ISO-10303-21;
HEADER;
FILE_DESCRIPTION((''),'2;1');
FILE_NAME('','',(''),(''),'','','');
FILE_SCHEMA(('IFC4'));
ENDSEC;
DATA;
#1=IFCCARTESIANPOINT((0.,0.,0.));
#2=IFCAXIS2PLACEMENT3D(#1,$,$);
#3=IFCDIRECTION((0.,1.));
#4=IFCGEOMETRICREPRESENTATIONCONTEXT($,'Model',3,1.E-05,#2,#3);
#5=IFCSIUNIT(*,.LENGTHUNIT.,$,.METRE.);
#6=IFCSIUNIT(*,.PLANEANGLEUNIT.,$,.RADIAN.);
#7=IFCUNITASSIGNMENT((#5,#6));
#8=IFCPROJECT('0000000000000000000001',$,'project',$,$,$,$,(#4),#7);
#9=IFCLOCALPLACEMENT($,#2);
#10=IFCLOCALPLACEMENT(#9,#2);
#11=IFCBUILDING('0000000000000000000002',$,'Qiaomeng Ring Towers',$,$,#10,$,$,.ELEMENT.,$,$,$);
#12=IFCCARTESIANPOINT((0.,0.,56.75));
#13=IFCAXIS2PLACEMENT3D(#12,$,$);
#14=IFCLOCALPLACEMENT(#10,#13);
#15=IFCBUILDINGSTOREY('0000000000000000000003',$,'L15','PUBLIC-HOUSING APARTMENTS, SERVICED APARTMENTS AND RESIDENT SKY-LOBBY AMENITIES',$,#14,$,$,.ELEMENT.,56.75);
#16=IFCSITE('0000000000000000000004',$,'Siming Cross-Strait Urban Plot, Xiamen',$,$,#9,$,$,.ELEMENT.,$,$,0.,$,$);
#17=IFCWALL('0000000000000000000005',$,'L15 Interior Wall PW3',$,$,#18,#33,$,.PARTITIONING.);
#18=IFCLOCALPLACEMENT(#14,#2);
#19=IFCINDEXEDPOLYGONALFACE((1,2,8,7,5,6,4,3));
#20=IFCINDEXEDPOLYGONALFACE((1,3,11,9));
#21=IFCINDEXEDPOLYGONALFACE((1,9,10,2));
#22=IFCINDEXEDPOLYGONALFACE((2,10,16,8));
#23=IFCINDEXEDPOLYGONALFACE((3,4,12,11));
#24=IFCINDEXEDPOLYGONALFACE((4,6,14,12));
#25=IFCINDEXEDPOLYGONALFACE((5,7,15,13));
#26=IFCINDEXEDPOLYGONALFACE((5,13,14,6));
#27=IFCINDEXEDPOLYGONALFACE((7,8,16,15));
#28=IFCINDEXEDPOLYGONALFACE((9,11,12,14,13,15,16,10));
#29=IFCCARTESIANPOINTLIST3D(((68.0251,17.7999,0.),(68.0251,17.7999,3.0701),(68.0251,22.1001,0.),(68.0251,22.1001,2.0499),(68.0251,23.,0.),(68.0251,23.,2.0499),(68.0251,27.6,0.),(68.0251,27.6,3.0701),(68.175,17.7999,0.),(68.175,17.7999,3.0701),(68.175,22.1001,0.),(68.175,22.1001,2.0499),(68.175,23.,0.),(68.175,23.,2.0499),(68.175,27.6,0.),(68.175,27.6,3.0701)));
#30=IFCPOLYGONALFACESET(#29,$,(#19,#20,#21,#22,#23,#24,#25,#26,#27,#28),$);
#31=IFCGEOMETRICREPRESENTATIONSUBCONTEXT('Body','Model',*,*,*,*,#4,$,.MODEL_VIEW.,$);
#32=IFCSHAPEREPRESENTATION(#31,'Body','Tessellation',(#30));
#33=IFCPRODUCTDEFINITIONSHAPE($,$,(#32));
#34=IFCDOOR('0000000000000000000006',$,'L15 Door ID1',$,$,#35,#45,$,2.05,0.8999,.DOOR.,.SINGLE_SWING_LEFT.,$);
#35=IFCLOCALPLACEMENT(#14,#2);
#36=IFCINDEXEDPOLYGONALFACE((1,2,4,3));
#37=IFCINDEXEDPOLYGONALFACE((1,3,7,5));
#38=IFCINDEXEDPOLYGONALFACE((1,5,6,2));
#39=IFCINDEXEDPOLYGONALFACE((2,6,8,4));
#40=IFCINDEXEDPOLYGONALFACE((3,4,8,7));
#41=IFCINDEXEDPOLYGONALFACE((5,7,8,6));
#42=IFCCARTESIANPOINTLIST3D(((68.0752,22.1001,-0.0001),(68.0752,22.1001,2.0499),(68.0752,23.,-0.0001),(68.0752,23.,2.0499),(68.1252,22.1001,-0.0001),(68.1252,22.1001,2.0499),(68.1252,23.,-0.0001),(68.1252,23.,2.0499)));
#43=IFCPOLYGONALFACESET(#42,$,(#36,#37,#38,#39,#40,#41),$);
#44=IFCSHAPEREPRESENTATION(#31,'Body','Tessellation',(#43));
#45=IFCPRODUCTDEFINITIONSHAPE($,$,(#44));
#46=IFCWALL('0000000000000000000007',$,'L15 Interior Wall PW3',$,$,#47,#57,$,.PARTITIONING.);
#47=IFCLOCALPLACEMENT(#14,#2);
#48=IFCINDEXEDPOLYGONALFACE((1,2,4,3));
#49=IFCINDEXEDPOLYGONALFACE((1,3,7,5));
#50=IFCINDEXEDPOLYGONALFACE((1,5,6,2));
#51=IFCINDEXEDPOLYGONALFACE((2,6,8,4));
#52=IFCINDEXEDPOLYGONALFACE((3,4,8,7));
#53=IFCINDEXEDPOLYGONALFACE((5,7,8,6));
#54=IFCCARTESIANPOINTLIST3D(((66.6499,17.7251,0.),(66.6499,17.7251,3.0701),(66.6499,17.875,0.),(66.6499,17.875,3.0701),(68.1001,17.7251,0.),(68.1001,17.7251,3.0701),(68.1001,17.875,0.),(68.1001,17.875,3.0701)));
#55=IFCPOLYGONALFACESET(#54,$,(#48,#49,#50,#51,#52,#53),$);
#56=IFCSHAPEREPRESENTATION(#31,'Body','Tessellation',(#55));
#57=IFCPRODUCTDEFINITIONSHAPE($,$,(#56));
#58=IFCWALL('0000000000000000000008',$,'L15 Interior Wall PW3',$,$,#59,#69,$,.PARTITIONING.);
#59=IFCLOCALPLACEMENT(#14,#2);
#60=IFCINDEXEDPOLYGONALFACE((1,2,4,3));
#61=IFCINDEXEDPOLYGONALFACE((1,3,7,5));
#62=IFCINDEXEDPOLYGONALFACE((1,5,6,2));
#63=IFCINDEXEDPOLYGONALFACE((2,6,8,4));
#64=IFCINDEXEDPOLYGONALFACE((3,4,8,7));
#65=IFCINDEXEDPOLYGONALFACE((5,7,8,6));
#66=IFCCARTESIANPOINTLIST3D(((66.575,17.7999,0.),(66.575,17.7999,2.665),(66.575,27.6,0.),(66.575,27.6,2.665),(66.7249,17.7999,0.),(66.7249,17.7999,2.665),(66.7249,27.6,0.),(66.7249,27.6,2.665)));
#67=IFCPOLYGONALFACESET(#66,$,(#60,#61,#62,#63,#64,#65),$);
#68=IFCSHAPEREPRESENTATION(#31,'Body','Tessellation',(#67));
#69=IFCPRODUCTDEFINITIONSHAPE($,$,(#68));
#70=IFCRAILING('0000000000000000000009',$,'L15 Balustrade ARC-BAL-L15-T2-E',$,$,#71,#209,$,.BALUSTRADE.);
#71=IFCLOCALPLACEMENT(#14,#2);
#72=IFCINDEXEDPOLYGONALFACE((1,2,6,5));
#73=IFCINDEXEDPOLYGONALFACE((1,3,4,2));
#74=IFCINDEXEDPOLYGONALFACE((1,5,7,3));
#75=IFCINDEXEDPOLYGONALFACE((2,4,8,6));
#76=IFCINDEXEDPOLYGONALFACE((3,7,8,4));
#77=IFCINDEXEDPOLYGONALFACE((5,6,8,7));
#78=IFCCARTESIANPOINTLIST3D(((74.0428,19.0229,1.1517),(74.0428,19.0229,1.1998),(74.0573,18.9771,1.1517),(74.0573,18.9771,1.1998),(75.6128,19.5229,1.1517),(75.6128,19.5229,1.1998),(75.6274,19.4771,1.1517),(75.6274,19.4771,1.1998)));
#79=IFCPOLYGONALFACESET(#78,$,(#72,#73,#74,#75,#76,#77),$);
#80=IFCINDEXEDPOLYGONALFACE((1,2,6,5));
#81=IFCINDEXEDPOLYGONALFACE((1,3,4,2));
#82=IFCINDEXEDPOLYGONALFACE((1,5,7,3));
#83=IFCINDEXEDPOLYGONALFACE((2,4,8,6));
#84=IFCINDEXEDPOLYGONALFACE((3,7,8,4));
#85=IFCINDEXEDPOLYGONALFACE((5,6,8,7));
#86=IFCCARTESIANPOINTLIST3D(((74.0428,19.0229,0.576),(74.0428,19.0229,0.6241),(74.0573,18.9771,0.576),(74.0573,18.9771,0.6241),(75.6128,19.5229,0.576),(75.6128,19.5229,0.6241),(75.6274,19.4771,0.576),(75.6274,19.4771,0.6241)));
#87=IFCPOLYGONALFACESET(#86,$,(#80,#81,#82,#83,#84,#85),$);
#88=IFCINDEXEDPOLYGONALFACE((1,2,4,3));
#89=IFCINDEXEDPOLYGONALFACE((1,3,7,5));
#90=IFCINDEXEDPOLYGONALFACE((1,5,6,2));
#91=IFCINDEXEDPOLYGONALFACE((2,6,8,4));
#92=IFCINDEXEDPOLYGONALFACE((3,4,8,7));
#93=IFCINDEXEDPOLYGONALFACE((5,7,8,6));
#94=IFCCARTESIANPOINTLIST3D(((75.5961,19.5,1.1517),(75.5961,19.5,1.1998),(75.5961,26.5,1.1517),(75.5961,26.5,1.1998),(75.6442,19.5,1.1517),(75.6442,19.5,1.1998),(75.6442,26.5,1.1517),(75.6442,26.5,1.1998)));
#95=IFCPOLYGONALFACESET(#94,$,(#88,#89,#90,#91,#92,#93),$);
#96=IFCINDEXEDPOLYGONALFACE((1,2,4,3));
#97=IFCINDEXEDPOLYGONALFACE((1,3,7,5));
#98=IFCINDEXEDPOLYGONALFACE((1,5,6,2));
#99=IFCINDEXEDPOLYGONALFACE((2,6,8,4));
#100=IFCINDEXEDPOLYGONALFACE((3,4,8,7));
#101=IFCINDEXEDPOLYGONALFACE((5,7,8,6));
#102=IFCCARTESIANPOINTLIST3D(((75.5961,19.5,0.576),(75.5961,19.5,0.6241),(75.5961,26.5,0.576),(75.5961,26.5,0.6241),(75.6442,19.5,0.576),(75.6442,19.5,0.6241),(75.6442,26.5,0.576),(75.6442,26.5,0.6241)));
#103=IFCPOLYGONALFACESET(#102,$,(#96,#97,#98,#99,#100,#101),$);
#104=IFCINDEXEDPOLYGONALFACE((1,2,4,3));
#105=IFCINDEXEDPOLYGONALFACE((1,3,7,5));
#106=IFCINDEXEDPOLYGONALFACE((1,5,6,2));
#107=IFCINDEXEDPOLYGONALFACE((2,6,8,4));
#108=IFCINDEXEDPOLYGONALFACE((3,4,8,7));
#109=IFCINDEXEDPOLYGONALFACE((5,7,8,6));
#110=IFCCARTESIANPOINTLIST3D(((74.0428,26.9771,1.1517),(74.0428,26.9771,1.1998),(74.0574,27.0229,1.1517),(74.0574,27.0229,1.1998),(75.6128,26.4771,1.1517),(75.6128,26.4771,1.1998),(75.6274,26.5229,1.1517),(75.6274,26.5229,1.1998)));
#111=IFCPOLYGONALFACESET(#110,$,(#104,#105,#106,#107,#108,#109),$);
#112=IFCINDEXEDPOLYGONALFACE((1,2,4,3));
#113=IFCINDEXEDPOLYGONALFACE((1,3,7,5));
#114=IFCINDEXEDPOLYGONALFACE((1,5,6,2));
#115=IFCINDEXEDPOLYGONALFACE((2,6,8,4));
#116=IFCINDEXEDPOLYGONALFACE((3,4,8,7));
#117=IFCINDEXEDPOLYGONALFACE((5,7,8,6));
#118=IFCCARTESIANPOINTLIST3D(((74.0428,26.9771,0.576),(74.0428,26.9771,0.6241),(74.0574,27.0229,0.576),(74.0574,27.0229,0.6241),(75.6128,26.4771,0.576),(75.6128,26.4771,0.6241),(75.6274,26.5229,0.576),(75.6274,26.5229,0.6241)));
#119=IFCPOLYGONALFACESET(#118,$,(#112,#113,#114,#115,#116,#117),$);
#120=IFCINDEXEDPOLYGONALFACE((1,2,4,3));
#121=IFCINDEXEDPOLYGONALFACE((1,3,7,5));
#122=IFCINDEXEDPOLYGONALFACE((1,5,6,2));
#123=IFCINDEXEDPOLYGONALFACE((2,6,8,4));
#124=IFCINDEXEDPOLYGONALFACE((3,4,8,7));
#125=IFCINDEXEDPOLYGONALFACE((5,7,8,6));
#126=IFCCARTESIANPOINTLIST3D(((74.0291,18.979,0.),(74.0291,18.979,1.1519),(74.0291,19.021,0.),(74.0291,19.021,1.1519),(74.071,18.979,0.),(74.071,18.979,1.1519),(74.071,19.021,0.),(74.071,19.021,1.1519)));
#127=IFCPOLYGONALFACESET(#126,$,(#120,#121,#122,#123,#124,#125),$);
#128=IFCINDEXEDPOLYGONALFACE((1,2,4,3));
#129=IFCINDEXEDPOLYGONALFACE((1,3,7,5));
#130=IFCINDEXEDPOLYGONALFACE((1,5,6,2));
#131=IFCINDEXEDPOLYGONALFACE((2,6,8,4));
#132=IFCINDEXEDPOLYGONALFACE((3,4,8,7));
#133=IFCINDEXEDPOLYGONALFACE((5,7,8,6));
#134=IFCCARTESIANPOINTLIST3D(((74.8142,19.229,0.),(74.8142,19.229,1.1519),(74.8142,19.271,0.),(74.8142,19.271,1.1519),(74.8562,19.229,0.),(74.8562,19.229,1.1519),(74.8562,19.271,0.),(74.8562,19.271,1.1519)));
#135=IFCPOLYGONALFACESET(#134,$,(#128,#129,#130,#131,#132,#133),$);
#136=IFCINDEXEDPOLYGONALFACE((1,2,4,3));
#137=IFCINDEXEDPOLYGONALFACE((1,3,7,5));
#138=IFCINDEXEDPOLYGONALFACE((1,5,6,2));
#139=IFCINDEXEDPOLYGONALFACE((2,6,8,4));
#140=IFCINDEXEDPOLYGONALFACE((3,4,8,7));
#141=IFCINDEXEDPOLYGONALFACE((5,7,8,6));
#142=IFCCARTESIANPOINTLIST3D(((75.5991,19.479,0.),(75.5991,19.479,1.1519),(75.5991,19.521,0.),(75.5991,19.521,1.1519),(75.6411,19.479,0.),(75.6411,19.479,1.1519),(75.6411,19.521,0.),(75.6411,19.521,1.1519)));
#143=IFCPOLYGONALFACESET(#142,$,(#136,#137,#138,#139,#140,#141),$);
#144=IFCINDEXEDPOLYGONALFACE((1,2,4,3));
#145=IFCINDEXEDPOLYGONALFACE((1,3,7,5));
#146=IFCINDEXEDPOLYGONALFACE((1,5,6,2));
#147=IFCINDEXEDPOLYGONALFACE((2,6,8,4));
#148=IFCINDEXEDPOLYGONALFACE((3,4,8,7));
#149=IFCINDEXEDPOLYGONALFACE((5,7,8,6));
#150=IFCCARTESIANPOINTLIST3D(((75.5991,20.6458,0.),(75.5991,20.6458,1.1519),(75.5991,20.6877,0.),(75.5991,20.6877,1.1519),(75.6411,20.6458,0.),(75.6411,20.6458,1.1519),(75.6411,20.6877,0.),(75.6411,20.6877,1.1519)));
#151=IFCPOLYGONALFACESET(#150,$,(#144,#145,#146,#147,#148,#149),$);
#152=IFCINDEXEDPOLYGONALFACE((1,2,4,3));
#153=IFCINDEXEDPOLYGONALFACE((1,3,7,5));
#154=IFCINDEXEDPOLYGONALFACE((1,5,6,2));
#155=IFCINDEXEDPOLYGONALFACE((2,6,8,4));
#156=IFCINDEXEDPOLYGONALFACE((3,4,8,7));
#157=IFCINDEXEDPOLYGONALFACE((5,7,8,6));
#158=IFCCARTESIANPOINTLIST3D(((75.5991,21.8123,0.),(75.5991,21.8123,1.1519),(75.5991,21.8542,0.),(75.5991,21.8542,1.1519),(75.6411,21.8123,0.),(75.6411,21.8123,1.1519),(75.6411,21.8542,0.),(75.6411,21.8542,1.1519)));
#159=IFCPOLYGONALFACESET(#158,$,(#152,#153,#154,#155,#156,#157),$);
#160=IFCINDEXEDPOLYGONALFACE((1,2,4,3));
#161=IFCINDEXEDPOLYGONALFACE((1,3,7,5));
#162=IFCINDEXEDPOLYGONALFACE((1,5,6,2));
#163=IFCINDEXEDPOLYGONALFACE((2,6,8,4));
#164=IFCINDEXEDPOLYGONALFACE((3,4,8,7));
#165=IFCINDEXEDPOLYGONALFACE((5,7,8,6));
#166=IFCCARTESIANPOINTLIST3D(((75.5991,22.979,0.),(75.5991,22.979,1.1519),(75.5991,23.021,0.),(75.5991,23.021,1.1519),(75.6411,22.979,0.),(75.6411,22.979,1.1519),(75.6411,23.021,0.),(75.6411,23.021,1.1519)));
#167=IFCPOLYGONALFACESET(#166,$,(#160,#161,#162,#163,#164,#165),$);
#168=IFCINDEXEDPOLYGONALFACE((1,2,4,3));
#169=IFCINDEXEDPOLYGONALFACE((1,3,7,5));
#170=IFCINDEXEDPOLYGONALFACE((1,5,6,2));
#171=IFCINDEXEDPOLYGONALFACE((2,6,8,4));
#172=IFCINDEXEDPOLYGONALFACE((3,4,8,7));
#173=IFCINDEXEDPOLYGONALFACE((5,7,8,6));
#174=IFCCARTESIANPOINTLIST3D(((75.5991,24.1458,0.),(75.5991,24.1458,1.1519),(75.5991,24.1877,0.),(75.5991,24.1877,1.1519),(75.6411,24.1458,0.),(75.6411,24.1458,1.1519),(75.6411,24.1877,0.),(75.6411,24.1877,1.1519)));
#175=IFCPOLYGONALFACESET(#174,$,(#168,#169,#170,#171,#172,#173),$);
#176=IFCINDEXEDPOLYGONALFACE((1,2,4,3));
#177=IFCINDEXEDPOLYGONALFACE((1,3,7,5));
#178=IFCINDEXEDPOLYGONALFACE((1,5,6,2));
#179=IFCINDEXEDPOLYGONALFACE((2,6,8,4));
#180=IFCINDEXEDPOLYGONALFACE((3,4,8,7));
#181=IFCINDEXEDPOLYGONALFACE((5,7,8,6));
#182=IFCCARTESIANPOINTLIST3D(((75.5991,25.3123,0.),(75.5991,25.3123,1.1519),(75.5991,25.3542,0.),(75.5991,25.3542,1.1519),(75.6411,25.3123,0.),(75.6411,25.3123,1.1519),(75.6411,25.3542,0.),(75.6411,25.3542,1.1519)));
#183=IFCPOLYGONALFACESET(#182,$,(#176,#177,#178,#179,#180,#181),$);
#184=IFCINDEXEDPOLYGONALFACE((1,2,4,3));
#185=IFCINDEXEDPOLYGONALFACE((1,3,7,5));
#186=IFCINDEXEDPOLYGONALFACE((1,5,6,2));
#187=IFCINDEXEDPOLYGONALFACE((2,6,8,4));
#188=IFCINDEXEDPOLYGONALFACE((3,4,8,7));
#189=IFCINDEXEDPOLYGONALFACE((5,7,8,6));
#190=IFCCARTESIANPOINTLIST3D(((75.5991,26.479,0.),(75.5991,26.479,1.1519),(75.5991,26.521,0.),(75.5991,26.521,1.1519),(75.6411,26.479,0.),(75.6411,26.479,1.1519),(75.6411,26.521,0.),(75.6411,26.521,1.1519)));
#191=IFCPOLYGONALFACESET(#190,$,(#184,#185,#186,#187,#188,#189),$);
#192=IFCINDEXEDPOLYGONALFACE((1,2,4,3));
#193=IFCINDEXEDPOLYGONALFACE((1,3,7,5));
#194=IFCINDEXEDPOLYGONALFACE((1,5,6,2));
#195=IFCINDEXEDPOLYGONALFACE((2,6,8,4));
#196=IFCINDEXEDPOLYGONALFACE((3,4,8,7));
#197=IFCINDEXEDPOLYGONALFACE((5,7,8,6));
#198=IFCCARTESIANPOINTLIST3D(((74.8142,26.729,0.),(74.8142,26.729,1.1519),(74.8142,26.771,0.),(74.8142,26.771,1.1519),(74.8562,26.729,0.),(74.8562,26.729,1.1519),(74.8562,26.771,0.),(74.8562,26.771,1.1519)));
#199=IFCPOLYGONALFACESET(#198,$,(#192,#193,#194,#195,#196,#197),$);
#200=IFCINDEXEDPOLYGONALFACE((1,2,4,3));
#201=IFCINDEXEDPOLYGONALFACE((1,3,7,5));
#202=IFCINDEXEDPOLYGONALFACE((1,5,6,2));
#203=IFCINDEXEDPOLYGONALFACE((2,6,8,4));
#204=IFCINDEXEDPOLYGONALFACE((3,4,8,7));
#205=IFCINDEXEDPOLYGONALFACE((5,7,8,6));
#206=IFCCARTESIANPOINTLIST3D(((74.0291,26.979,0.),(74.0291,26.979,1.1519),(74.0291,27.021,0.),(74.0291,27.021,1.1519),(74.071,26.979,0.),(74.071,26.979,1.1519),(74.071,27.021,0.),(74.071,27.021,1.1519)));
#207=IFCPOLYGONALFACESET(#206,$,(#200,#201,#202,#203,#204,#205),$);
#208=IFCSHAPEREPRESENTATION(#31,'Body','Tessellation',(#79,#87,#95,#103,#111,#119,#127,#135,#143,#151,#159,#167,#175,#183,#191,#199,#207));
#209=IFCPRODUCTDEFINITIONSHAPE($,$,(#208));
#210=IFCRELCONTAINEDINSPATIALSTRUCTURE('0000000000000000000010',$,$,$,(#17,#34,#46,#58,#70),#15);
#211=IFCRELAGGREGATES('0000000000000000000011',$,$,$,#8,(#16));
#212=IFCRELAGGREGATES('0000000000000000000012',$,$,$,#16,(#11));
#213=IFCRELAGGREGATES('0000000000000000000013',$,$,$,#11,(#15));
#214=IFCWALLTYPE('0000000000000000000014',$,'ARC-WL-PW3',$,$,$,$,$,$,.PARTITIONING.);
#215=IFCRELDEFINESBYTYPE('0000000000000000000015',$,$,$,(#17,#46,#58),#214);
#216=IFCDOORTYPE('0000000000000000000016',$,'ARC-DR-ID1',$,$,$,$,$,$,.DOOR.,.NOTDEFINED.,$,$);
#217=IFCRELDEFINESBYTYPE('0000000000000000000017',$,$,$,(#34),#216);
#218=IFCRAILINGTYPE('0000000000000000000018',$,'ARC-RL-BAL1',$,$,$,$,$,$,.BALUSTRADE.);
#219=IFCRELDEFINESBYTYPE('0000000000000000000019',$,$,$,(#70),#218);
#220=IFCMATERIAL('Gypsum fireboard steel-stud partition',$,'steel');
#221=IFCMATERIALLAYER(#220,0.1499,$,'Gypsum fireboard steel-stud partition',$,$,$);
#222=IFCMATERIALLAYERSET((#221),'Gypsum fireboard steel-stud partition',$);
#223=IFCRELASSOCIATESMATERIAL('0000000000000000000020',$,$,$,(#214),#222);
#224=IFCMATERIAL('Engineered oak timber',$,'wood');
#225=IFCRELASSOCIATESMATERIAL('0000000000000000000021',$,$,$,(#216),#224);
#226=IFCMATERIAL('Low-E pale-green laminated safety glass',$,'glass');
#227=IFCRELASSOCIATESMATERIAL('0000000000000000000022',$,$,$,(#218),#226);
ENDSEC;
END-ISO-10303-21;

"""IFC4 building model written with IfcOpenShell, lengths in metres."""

from ifc_helpers import new_model, si_unit, direction, frame, frame_2d, origin, origin_2d, place, context, subcontext, project, spatial, rectangle, extrude, source, transform, mapped, material, layer, layer_set, type_object, element, fill, save


model = new_model("IFC4")

# Units and contexts
model_context = context("Model", 3, precision=1e-05, world=origin(), true_north=direction((0.0, 1.0)))
body_context = subcontext(model_context, "Body", "Model", "MODEL_VIEW")
ifc_project = project(units=[si_unit("LENGTHUNIT", "METRE"), si_unit("PLANEANGLEUNIT", "RADIAN")], contexts=[model_context])

# Site, building, storey
site_placement = place(None, origin())
site = spatial("IfcSite", under=ifc_project, at=site_placement, Name="Siming Cross-Strait Urban Plot, Xiamen", CompositionType="ELEMENT", RefElevation=0.0)
building_placement = place(site_placement, origin())
building = spatial("IfcBuilding", under=site, at=building_placement, Name="Qiaomeng Ring Towers", CompositionType="ELEMENT")
storey_placement = place(building_placement, frame((0.0, 0.0, 56.75)))
storey = spatial("IfcBuildingStorey", under=building, at=storey_placement, Name="L15", Description="PUBLIC-HOUSING APARTMENTS, SERVICED APARTMENTS AND RESIDENT SKY-LOBBY AMENITIES", CompositionType="ELEMENT", Elevation=56.75)

# Shared definitions
ifc_material_1 = material(Name="Gypsum fireboard steel-stud partition", Category="steel")
ifc_layer_1 = layer(ifc_material_1, 0.1499, Name="Gypsum fireboard steel-stud partition")
ifc_layer_set_1 = layer_set([ifc_layer_1], Name="Gypsum fireboard steel-stud partition")
wall_type_1 = type_object("IfcWallType", Name="ARC-WL-PW3", PredefinedType="PARTITIONING", material=ifc_layer_set_1)

# Wall, opening, door
wall_1_placement = place(storey_placement, frame((68.1001, 17.8, 0.0), z_axis=(0.0, 0.0, 1.0), x_axis=(0.0, 1.0, 0.0)))
wall_1 = element("IfcWall", 1, at=wall_1_placement, inside=storey, type_object=wall_type_1, Name="L15 Interior Wall PW3", PredefinedType="PARTITIONING", context=body_context, shape_type="SweptSolid", body=[
    extrude(rectangle(XDim=9.8, YDim=0.1499, at=frame_2d((4.8999, 0.0))), origin(), (0.0, 0.0, 1.0), 3.0701),
])
opening_1_placement = place(wall_1_placement, frame((4.3, 0.0, 0.0)))
opening_1 = element("IfcOpeningElement", 2, at=opening_1_placement, cuts=wall_1, PredefinedType="OPENING", context=body_context, shape_type="SweptSolid", body=[
    extrude(rectangle(XDim=0.8999, YDim=2.05, at=frame_2d((0.45, 1.0249))), frame((0.0, 0.085, 0.0), z_axis=(0.0, -1.0, 0.0), x_axis=(1.0, 0.0, 0.0)), (0.0, 0.0, 1.0), 0.1699),
])
ifc_material_2 = material(Name="Engineered oak timber", Category="wood")
door_type_1 = type_object("IfcDoorType", Name="ARC-DR-ID1", OperationType="NOTDEFINED", PredefinedType="DOOR", material=ifc_material_2)
shared_shape_1 = source(origin(), body_context, "Body", "SweptSolid", [
    extrude(rectangle(XDim=0.8999, YDim=2.05, at=frame_2d((0.45, 1.0249))), frame((0.0, 0.0249, 0.0), z_axis=(0.0, -1.0, 0.0), x_axis=(1.0, 0.0, 0.0)), (0.0, 0.0, 1.0), 0.05),
])
door_1_placement = place(opening_1_placement, origin())
door_1 = element("IfcDoor", 3, at=door_1_placement, inside=storey, type_object=door_type_1, Name="L15 Door ID1", OperationType="SINGLE_SWING_LEFT", OverallHeight=2.05, OverallWidth=0.8999, PredefinedType="DOOR", context=body_context, shape_type="MappedRepresentation", body=[
    mapped(shared_shape_1, transform((0.0, 0.0, 0.0), x_axis=(1.0, 0.0, 0.0), y_axis=(0.0, 1.0, 0.0), z_axis=(0.0, 0.0, 1.0), scale=1.0)),
])
fill(opening_1, door_1)

# Walls
wall_2_placement = place(storey_placement, frame((66.6499, 17.8, 0.0), z_axis=(0.0, 0.0, 1.0), x_axis=(1.0, 0.0, 0.0)))
element("IfcWall", 4, at=wall_2_placement, inside=storey, type_object=wall_type_1, Name="L15 Interior Wall PW3", PredefinedType="PARTITIONING", context=body_context, shape_type="SweptSolid", body=[
    extrude(rectangle(XDim=1.4502, YDim=0.1499, at=frame_2d((0.7251, 0.0))), origin(), (0.0, 0.0, 1.0), 3.0701),
])
wall_3_placement = place(storey_placement, frame((66.6499, 17.8, 0.0), z_axis=(0.0, 0.0, 1.0), x_axis=(0.0, 1.0, 0.0)))
element("IfcWall", 5, at=wall_3_placement, inside=storey, type_object=wall_type_1, Name="L15 Interior Wall PW3", PredefinedType="PARTITIONING", context=body_context, shape_type="SweptSolid", body=[
    extrude(rectangle(XDim=9.8, YDim=0.1499, at=frame_2d((4.8999, 0.0))), origin(), (0.0, 0.0, 1.0), 2.665),
])

# Railing
ifc_material_3 = material(Name="Low-E pale-green laminated safety glass", Category="glass")
railing_type = type_object("IfcRailingType", Name="ARC-RL-BAL1", PredefinedType="BALUSTRADE", material=ifc_material_3)
railing_placement = place(storey_placement, frame((74.05, 19.0, 0.0)))
element("IfcRailing", 6, at=railing_placement, inside=storey, type_object=railing_type, Name="L15 Balustrade ARC-BAL-L15-T2-E", PredefinedType="BALUSTRADE", context=body_context, shape_type="SweptSolid", body=[
    extrude(rectangle(XDim=0.0481, YDim=0.0481, at=origin_2d()), frame((0.0, 0.0, 1.1758), z_axis=(0.95285, 0.303442, 0.0), x_axis=(-0.303442, 0.95285, 0.0)), (0.0, 0.0, 1.0), 1.6477),
    extrude(rectangle(XDim=0.0481, YDim=0.0481, at=origin_2d()), frame((0.0, 0.0, 0.6001), z_axis=(0.95285, 0.303442, 0.0), x_axis=(-0.303442, 0.95285, 0.0)), (0.0, 0.0, 1.0), 1.6477),
    extrude(rectangle(XDim=0.0481, YDim=0.0481, at=origin_2d()), frame((1.5701, 0.5, 1.1758), z_axis=(0.0, 1.0, 0.0), x_axis=(-1.0, 0.0, 0.0)), (0.0, 0.0, 1.0), 7.0),
    extrude(rectangle(XDim=0.0481, YDim=0.0481, at=origin_2d()), frame((1.5701, 0.5, 0.6001), z_axis=(0.0, 1.0, 0.0), x_axis=(-1.0, 0.0, 0.0)), (0.0, 0.0, 1.0), 7.0),
    extrude(rectangle(XDim=0.0481, YDim=0.0481, at=origin_2d()), frame((1.5701, 7.5, 1.1758), z_axis=(-0.95285, 0.303442, 0.0), x_axis=(-0.303442, -0.95285, 0.0)), (0.0, 0.0, 1.0), 1.6477),
    extrude(rectangle(XDim=0.0481, YDim=0.0481, at=origin_2d()), frame((1.5701, 7.5, 0.6001), z_axis=(-0.95285, 0.303442, 0.0), x_axis=(-0.303442, -0.95285, 0.0)), (0.0, 0.0, 1.0), 1.6477),
    extrude(rectangle(XDim=0.042, YDim=0.042, at=origin_2d()), origin(), (0.0, 0.0, 1.0), 1.1519),
    extrude(rectangle(XDim=0.042, YDim=0.042, at=origin_2d()), frame((0.7852, 0.25, 0.0)), (0.0, 0.0, 1.0), 1.1519),
    extrude(rectangle(XDim=0.042, YDim=0.042, at=origin_2d()), frame((1.5701, 0.5, 0.0)), (0.0, 0.0, 1.0), 1.1519),
    extrude(rectangle(XDim=0.042, YDim=0.042, at=origin_2d()), frame((1.5701, 1.6667, 0.0)), (0.0, 0.0, 1.0), 1.1519),
    extrude(rectangle(XDim=0.042, YDim=0.042, at=origin_2d()), frame((1.5701, 2.8333, 0.0)), (0.0, 0.0, 1.0), 1.1519),
    extrude(rectangle(XDim=0.042, YDim=0.042, at=origin_2d()), frame((1.5701, 4.0, 0.0)), (0.0, 0.0, 1.0), 1.1519),
    extrude(rectangle(XDim=0.042, YDim=0.042, at=origin_2d()), frame((1.5701, 5.1667, 0.0)), (0.0, 0.0, 1.0), 1.1519),
    extrude(rectangle(XDim=0.042, YDim=0.042, at=origin_2d()), frame((1.5701, 6.3333, 0.0)), (0.0, 0.0, 1.0), 1.1519),
    extrude(rectangle(XDim=0.042, YDim=0.042, at=origin_2d()), frame((1.5701, 7.5, 0.0)), (0.0, 0.0, 1.0), 1.1519),
    extrude(rectangle(XDim=0.042, YDim=0.042, at=origin_2d()), frame((0.7852, 7.75, 0.0)), (0.0, 0.0, 1.0), 1.1519),
    extrude(rectangle(XDim=0.042, YDim=0.042, at=origin_2d()), frame((0.0, 8.0, 0.0)), (0.0, 0.0, 1.0), 1.1519),
])

save(model, "model.ifc")
